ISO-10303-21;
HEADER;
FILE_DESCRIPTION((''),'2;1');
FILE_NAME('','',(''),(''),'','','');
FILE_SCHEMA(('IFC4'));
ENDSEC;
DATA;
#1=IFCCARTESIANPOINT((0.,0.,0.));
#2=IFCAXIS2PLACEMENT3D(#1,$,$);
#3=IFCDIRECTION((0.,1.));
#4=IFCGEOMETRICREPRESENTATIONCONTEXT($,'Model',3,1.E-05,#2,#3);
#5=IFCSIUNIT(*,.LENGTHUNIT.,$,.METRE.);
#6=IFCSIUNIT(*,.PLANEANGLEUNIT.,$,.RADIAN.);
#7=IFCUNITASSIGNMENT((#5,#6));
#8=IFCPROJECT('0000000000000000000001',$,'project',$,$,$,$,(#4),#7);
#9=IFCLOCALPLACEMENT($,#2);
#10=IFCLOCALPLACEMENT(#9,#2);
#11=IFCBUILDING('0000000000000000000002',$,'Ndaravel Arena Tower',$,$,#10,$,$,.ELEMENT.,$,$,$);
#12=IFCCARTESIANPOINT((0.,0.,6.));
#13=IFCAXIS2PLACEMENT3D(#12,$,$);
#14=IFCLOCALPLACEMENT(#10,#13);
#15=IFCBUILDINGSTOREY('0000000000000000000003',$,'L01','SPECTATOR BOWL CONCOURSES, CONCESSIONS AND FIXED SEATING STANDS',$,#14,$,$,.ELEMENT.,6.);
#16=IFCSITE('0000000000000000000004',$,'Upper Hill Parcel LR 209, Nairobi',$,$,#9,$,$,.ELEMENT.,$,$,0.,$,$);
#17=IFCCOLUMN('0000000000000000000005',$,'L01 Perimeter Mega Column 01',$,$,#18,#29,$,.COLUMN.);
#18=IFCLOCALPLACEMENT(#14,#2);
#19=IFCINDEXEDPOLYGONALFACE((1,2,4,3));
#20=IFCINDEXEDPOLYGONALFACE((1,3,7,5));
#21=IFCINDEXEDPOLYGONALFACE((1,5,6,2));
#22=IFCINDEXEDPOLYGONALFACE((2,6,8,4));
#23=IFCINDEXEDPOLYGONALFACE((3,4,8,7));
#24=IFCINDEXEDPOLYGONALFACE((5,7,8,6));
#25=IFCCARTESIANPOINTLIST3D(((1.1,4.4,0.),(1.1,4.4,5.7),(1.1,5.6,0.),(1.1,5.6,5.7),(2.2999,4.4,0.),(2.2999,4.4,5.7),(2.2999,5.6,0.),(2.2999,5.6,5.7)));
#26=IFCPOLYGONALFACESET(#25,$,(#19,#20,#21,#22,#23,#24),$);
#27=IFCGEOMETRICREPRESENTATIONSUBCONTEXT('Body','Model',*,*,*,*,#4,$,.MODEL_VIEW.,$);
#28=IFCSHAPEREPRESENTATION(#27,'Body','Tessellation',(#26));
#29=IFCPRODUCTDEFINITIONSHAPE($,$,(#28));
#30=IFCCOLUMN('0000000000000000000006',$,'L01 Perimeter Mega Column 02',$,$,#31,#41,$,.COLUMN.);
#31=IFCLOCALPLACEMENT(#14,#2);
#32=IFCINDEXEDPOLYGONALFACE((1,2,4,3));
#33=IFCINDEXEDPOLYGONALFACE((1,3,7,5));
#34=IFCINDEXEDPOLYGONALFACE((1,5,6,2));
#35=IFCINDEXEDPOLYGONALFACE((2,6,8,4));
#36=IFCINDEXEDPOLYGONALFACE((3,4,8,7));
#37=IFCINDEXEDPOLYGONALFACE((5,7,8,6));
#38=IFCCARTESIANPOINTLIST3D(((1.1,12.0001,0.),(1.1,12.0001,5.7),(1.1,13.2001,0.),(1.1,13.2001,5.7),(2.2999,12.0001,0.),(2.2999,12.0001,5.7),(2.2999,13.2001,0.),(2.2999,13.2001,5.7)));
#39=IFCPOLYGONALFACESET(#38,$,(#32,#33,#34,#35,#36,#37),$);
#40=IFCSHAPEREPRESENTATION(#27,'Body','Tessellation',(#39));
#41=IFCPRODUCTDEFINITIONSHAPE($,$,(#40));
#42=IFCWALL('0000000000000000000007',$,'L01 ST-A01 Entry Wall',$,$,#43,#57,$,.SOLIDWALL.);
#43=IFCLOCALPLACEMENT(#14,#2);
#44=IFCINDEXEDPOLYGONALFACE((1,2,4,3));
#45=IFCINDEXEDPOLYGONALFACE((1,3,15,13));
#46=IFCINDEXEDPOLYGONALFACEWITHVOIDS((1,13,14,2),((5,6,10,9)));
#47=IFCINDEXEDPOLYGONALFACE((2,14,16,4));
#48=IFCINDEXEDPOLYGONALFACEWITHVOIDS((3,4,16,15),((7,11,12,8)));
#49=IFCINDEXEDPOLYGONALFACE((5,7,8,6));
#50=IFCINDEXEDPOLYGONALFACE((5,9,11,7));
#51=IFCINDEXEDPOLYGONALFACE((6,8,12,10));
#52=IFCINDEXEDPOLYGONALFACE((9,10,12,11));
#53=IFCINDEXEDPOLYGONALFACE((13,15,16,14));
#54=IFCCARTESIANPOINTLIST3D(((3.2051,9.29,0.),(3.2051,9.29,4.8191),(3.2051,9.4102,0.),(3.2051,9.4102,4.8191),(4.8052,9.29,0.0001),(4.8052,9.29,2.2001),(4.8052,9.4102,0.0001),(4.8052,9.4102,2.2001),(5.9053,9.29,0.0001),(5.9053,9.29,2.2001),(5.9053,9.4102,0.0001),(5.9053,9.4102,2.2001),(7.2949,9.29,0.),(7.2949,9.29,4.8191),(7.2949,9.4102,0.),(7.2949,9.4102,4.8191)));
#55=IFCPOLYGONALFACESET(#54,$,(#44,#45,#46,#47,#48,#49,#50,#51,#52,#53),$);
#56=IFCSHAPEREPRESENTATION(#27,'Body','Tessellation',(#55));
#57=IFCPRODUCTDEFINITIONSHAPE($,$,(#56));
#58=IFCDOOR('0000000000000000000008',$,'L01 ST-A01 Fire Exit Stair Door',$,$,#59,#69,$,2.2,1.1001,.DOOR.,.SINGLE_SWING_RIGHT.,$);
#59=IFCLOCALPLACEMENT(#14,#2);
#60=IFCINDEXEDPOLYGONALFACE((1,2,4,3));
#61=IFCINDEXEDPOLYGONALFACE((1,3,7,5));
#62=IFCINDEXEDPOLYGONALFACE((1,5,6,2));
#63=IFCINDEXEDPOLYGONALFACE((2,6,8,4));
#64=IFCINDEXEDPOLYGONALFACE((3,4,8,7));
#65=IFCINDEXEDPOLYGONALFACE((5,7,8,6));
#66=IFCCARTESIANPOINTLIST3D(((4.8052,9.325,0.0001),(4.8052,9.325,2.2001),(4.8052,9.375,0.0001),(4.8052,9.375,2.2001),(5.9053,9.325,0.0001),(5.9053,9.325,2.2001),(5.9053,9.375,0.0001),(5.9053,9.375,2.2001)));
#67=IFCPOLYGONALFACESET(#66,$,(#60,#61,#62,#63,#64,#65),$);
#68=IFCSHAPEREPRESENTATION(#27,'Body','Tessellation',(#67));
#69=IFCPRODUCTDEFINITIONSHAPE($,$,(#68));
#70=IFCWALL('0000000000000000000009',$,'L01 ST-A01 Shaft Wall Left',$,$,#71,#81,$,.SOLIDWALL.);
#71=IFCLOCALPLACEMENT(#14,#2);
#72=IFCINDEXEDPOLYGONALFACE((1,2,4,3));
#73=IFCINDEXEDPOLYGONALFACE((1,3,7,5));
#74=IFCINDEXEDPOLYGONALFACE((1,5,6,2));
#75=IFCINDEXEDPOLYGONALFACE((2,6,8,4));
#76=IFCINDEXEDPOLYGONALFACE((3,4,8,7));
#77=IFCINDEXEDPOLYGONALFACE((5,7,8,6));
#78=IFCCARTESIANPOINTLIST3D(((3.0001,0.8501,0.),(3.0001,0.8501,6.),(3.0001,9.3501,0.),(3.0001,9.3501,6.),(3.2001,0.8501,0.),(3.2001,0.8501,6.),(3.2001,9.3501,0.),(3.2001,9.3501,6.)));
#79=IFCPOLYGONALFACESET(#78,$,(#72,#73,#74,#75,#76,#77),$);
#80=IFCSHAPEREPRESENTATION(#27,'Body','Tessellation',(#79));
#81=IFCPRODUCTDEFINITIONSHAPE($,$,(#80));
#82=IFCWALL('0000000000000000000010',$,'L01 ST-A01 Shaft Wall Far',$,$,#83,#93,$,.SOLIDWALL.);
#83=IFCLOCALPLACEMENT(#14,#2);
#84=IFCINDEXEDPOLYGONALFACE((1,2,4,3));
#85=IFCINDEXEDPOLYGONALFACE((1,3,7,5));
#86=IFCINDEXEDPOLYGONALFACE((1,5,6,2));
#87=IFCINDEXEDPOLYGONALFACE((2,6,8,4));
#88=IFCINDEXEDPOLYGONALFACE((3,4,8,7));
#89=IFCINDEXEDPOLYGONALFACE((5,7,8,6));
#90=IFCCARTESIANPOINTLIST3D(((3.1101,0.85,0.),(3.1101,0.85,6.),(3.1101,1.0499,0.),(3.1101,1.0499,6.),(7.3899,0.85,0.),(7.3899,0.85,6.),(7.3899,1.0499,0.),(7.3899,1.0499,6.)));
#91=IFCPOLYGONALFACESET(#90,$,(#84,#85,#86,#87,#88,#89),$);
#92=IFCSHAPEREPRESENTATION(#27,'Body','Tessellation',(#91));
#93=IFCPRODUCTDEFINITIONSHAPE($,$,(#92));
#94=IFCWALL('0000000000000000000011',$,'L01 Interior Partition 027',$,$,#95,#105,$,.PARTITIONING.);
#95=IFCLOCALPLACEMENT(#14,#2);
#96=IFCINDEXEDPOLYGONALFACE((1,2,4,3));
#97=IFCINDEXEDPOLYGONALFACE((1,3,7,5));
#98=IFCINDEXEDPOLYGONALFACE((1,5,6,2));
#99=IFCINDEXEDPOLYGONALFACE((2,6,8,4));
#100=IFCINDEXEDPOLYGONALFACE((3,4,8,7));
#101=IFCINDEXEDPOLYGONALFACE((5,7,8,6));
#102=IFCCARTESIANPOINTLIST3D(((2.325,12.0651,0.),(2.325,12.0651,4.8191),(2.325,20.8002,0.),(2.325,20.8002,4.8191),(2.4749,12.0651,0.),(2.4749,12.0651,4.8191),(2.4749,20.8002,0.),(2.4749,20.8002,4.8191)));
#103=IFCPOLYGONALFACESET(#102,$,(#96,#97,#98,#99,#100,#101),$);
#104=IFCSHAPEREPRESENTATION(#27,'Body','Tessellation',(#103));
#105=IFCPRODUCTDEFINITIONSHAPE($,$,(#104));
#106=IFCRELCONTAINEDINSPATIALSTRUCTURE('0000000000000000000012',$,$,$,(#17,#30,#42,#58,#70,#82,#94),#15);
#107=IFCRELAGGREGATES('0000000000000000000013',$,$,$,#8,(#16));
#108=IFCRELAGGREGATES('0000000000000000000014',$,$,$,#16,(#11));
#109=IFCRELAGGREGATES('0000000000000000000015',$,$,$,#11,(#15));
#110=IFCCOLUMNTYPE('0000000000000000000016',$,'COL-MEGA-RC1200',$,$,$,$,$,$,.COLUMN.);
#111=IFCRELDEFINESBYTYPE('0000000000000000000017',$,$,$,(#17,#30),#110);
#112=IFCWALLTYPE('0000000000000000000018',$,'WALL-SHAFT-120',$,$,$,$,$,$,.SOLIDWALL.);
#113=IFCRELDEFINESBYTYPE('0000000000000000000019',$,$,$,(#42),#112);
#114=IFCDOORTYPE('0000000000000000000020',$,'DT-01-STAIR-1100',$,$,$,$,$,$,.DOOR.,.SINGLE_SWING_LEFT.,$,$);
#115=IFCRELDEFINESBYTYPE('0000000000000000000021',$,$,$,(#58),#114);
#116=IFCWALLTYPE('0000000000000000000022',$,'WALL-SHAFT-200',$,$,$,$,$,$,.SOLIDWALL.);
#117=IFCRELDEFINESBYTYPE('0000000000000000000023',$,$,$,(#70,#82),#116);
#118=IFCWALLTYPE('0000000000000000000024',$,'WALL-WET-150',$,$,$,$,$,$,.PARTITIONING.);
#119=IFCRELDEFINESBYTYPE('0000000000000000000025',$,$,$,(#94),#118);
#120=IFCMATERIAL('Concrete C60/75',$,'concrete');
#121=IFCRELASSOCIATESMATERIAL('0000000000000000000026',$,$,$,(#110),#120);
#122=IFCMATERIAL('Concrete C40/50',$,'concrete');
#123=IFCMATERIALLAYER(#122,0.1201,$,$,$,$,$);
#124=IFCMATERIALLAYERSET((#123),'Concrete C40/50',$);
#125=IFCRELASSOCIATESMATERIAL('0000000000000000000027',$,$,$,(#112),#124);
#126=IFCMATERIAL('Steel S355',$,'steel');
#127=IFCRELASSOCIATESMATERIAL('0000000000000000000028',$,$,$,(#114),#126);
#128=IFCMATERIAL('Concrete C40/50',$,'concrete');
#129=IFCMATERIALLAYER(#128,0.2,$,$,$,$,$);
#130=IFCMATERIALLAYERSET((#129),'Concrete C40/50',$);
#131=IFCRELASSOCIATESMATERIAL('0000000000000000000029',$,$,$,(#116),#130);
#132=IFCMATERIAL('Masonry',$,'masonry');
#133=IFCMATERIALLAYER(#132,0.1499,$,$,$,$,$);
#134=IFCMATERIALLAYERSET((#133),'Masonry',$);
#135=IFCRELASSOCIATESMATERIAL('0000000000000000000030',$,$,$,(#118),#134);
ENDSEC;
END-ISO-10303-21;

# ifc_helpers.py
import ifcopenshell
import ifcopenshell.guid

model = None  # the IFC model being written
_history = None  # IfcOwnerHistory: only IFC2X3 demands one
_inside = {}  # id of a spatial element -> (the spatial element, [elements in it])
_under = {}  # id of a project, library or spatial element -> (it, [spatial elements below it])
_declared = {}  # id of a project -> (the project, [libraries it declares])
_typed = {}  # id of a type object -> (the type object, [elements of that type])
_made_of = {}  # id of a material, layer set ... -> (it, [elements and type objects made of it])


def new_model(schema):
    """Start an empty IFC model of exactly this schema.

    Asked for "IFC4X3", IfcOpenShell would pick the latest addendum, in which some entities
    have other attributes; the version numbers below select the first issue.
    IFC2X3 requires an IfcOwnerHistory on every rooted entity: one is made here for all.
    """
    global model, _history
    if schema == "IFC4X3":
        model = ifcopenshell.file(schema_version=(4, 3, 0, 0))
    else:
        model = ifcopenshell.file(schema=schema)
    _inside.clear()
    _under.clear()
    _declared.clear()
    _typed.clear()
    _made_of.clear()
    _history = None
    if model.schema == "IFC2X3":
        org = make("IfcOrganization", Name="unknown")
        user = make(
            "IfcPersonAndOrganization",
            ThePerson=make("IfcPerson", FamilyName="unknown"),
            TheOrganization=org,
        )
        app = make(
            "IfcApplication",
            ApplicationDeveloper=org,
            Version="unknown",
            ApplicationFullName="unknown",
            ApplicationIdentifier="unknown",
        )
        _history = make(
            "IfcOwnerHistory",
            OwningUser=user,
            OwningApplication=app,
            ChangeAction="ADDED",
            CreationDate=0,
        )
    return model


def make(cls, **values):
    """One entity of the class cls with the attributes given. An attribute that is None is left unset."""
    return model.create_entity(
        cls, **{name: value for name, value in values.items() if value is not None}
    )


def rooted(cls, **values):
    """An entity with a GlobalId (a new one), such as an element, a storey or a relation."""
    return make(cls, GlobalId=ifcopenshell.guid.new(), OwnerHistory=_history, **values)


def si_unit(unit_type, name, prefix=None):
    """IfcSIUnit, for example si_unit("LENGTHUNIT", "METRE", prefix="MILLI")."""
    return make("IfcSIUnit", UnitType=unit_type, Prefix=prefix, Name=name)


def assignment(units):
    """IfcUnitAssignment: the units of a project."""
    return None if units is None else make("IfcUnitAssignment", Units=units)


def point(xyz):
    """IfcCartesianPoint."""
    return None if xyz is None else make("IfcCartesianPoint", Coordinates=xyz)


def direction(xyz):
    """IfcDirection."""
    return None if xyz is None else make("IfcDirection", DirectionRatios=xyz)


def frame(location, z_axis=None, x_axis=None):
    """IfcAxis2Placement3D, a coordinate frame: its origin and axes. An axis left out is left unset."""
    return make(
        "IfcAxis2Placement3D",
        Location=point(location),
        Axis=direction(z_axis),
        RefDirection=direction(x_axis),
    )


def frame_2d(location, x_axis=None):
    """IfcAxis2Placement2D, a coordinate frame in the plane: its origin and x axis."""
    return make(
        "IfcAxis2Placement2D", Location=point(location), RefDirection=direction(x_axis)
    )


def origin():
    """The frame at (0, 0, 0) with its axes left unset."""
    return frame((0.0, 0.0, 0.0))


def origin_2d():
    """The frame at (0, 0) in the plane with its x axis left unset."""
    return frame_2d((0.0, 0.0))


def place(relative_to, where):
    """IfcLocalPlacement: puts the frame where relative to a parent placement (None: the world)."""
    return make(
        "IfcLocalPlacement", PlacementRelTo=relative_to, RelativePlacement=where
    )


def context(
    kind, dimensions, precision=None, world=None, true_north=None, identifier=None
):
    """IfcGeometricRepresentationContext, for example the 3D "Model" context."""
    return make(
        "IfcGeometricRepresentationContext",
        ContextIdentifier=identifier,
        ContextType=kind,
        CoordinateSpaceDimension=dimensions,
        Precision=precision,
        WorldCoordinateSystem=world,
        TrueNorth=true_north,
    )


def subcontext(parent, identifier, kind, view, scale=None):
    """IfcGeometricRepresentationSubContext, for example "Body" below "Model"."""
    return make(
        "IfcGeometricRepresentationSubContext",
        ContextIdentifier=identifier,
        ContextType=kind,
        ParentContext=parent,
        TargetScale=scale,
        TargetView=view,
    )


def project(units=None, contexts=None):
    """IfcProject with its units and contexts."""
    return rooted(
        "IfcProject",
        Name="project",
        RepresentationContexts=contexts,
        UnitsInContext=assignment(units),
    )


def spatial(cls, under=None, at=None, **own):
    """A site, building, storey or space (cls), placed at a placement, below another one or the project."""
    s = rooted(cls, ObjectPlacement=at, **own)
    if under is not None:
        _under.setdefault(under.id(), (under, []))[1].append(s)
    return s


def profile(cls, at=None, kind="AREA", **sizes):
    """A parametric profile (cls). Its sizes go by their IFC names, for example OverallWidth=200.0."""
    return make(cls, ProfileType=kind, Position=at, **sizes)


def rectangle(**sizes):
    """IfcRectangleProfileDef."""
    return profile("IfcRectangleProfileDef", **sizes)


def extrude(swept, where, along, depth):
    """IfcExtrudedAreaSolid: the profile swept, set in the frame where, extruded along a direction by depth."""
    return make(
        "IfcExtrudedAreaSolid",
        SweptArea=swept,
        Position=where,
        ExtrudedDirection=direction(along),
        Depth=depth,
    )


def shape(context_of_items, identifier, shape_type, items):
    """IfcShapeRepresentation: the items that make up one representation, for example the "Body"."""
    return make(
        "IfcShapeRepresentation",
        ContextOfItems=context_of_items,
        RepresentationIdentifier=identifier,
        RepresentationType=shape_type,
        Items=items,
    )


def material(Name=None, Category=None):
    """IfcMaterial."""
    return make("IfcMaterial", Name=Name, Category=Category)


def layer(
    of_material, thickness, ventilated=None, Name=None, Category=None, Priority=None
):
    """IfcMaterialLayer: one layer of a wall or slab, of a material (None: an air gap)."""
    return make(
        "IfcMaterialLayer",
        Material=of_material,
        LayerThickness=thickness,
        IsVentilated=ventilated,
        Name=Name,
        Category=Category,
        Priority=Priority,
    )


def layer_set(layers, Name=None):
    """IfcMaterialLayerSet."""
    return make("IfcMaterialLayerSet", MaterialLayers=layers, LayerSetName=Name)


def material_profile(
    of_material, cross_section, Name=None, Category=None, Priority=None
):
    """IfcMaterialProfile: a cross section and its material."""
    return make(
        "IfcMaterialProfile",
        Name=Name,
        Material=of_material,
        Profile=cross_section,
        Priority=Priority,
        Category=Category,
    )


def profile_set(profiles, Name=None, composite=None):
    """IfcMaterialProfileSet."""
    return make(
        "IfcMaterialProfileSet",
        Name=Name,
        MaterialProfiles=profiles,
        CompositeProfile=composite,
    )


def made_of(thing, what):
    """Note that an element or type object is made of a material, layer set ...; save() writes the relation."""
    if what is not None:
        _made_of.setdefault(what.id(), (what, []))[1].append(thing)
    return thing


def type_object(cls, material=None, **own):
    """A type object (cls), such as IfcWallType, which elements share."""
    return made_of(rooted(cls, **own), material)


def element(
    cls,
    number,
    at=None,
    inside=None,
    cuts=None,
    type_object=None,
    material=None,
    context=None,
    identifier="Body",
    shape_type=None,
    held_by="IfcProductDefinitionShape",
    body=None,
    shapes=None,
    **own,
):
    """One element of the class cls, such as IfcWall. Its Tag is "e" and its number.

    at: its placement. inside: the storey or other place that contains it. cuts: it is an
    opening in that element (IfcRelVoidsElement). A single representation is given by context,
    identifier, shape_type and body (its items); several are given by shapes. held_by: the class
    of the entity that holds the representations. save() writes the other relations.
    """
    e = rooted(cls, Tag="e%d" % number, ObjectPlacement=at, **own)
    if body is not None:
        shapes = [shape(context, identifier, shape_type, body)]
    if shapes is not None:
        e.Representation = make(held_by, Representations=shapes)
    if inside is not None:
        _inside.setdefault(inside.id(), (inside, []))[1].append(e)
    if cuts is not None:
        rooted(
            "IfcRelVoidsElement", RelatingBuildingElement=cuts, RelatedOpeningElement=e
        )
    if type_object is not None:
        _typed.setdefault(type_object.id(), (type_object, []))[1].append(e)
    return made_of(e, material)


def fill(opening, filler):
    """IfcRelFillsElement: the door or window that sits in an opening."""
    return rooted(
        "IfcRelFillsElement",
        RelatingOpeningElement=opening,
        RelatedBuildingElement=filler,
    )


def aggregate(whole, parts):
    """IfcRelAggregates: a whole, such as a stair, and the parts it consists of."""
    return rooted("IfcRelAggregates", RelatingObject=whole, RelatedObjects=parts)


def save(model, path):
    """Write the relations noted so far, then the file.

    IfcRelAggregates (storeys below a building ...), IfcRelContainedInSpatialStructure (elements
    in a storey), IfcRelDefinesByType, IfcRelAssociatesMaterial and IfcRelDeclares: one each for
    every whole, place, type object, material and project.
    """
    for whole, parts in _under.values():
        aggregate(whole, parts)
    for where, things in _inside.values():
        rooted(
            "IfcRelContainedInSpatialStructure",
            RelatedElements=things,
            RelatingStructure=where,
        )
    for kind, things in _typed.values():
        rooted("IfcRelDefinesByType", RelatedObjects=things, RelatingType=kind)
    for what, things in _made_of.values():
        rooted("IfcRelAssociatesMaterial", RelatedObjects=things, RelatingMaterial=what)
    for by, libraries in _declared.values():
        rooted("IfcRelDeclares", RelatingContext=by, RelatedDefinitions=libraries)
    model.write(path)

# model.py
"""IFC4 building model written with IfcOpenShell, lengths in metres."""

from ifc_helpers import new_model, si_unit, direction, frame, frame_2d, origin, origin_2d, place, context, subcontext, project, spatial, rectangle, extrude, material, layer, layer_set, material_profile, profile_set, type_object, element, fill, save


model = new_model("IFC4")

# Units and contexts
model_context = context("Model", 3, precision=1e-05, world=origin(), true_north=direction((0.0, 1.0)))
body_context = subcontext(model_context, "Body", "Model", "MODEL_VIEW")
ifc_project = project(units=[si_unit("LENGTHUNIT", "METRE"), si_unit("PLANEANGLEUNIT", "RADIAN")], contexts=[model_context])

# Site, building, storey
site_placement = place(None, origin())
site = spatial("IfcSite", under=ifc_project, at=site_placement, Name="Upper Hill Parcel LR 209, Nairobi", CompositionType="ELEMENT", RefElevation=0.0)
building_placement = place(site_placement, origin())
building = spatial("IfcBuilding", under=site, at=building_placement, Name="Ndaravel Arena Tower", CompositionType="ELEMENT")
storey_placement = place(building_placement, frame((0.0, 0.0, 6.0)))
storey = spatial("IfcBuildingStorey", under=building, at=storey_placement, Name="L01", Description="SPECTATOR BOWL CONCOURSES, CONCESSIONS AND FIXED SEATING STANDS", CompositionType="ELEMENT", Elevation=6.0)

# Columns
ifc_material_1 = material(Name="Concrete C60/75", Category="concrete")
ifc_material_profile = material_profile(ifc_material_1, rectangle(XDim=1.2, YDim=1.2, at=origin_2d()), Name="RC 1200x1200")
ifc_profile_set = profile_set([ifc_material_profile], Name="Concrete C60/75")
column_type = type_object("IfcColumnType", Name="COL-MEGA-RC1200", PredefinedType="COLUMN", material=ifc_profile_set)
for number, where, z_axis, x_axis, name in (
    (1, (1.7, 5.0, 0.0), (0.0, 0.0, 1.0), (1.0, 0.0, 0.0), "L01 Perimeter Mega Column 01"),
    (2, (1.7, 12.6001, 0.0), (0.0, 0.0, 1.0), (1.0, 0.0, 0.0), "L01 Perimeter Mega Column 02"),
):
    element("IfcColumn", number, at=place(storey_placement, frame(where, z_axis=z_axis, x_axis=x_axis)), inside=storey, type_object=column_type, Name=name, PredefinedType="COLUMN", context=body_context, shape_type="SweptSolid", body=[
        extrude(rectangle(XDim=1.2, YDim=1.2, at=origin_2d()), origin(), (0.0, 0.0, 1.0), 5.7),
    ])

# Wall, opening, door
ifc_material_2 = material(Name="Concrete C40/50", Category="concrete")
ifc_layer_1 = layer(ifc_material_2, 0.1201)
ifc_layer_set_1 = layer_set([ifc_layer_1], Name="Concrete C40/50")
wall_type_1 = type_object("IfcWallType", Name="WALL-SHAFT-120", PredefinedType="SOLIDWALL", material=ifc_layer_set_1)
wall_1_placement = place(storey_placement, frame((3.2051, 9.3501, 0.0), z_axis=(0.0, 0.0, 1.0), x_axis=(1.0, 0.0, 0.0)))
wall_1 = element("IfcWall", 3, at=wall_1_placement, inside=storey, type_object=wall_type_1, Name="L01 ST-A01 Entry Wall", PredefinedType="SOLIDWALL", context=body_context, shape_type="SweptSolid", body=[
    extrude(rectangle(XDim=4.0898, YDim=0.1201, at=frame_2d((2.0449, 0.0))), origin(), (0.0, 0.0, 1.0), 4.8191),
])
opening_1_placement = place(wall_1_placement, frame((1.6001, 0.0, 0.0)))
opening_1 = element("IfcOpeningElement", 4, at=opening_1_placement, cuts=wall_1, PredefinedType="OPENING", context=body_context, shape_type="SweptSolid", body=[
    extrude(rectangle(XDim=1.1001, YDim=2.2, at=frame_2d((0.55, 1.1001))), frame((0.0, 0.0601, 0.0), z_axis=(0.0, -1.0, 0.0), x_axis=(1.0, 0.0, 0.0)), (0.0, 0.0, 1.0), 0.1201),
])
ifc_material_3 = material(Name="Steel S355", Category="steel")
door_type = type_object("IfcDoorType", Name="DT-01-STAIR-1100", OperationType="SINGLE_SWING_LEFT", PredefinedType="DOOR", material=ifc_material_3)
door_placement = place(opening_1_placement, origin())
door = element("IfcDoor", 5, at=door_placement, inside=storey, type_object=door_type, Name="L01 ST-A01 Fire Exit Stair Door", OperationType="SINGLE_SWING_RIGHT", OverallHeight=2.2, OverallWidth=1.1001, PredefinedType="DOOR", context=body_context, shape_type="SweptSolid", body=[
    extrude(rectangle(XDim=1.1001, YDim=2.2, at=frame_2d((0.55, 1.1001))), frame((0.0, 0.0249, 0.0), z_axis=(0.0, -1.0, 0.0), x_axis=(1.0, 0.0, 0.0)), (0.0, 0.0, 1.0), 0.05),
])
fill(opening_1, door)

# Walls
ifc_material_4 = material(Name="Concrete C40/50", Category="concrete")
ifc_layer_2 = layer(ifc_material_4, 0.2)
ifc_layer_set_2 = layer_set([ifc_layer_2], Name="Concrete C40/50")
wall_type_2 = type_object("IfcWallType", Name="WALL-SHAFT-200", PredefinedType="SOLIDWALL", material=ifc_layer_set_2)
wall_2_placement = place(storey_placement, frame((3.1001, 9.3501, 0.0), z_axis=(0.0, 0.0, 1.0), x_axis=(0.0, -1.0, 0.0)))
element("IfcWall", 6, at=wall_2_placement, inside=storey, type_object=wall_type_2, Name="L01 ST-A01 Shaft Wall Left", PredefinedType="SOLIDWALL", context=body_context, shape_type="SweptSolid", body=[
    extrude(rectangle(XDim=8.5, YDim=0.2, at=frame_2d((4.25, 0.0))), origin(), (0.0, 0.0, 1.0), 6.0),
])
wall_3_placement = place(storey_placement, frame((3.1101, 0.95, 0.0), z_axis=(0.0, 0.0, 1.0), x_axis=(1.0, 0.0, 0.0)))
element("IfcWall", 7, at=wall_3_placement, inside=storey, type_object=wall_type_2, Name="L01 ST-A01 Shaft Wall Far", PredefinedType="SOLIDWALL", context=body_context, shape_type="SweptSolid", body=[
    extrude(rectangle(XDim=4.2798, YDim=0.2, at=frame_2d((2.1399, 0.0))), origin(), (0.0, 0.0, 1.0), 6.0),
])
ifc_material_5 = material(Name="Masonry", Category="masonry")
ifc_layer_3 = layer(ifc_material_5, 0.1499)
ifc_layer_set_3 = layer_set([ifc_layer_3], Name="Masonry")
wall_type_3 = type_object("IfcWallType", Name="WALL-WET-150", PredefinedType="PARTITIONING", material=ifc_layer_set_3)
wall_4_placement = place(storey_placement, frame((2.3999, 12.0649, 0.0), z_axis=(0.0, 0.0, 1.0), x_axis=(0.0, 1.0, 0.0)))
element("IfcWall", 8, at=wall_4_placement, inside=storey, type_object=wall_type_3, Name="L01 Interior Partition 027", PredefinedType="PARTITIONING", context=body_context, shape_type="SweptSolid", body=[
    extrude(rectangle(XDim=8.7351, YDim=0.1499, at=frame_2d((4.3677, 0.0))), origin(), (0.0, 0.0, 1.0), 4.8191),
])

save(model, "model.ifc")
